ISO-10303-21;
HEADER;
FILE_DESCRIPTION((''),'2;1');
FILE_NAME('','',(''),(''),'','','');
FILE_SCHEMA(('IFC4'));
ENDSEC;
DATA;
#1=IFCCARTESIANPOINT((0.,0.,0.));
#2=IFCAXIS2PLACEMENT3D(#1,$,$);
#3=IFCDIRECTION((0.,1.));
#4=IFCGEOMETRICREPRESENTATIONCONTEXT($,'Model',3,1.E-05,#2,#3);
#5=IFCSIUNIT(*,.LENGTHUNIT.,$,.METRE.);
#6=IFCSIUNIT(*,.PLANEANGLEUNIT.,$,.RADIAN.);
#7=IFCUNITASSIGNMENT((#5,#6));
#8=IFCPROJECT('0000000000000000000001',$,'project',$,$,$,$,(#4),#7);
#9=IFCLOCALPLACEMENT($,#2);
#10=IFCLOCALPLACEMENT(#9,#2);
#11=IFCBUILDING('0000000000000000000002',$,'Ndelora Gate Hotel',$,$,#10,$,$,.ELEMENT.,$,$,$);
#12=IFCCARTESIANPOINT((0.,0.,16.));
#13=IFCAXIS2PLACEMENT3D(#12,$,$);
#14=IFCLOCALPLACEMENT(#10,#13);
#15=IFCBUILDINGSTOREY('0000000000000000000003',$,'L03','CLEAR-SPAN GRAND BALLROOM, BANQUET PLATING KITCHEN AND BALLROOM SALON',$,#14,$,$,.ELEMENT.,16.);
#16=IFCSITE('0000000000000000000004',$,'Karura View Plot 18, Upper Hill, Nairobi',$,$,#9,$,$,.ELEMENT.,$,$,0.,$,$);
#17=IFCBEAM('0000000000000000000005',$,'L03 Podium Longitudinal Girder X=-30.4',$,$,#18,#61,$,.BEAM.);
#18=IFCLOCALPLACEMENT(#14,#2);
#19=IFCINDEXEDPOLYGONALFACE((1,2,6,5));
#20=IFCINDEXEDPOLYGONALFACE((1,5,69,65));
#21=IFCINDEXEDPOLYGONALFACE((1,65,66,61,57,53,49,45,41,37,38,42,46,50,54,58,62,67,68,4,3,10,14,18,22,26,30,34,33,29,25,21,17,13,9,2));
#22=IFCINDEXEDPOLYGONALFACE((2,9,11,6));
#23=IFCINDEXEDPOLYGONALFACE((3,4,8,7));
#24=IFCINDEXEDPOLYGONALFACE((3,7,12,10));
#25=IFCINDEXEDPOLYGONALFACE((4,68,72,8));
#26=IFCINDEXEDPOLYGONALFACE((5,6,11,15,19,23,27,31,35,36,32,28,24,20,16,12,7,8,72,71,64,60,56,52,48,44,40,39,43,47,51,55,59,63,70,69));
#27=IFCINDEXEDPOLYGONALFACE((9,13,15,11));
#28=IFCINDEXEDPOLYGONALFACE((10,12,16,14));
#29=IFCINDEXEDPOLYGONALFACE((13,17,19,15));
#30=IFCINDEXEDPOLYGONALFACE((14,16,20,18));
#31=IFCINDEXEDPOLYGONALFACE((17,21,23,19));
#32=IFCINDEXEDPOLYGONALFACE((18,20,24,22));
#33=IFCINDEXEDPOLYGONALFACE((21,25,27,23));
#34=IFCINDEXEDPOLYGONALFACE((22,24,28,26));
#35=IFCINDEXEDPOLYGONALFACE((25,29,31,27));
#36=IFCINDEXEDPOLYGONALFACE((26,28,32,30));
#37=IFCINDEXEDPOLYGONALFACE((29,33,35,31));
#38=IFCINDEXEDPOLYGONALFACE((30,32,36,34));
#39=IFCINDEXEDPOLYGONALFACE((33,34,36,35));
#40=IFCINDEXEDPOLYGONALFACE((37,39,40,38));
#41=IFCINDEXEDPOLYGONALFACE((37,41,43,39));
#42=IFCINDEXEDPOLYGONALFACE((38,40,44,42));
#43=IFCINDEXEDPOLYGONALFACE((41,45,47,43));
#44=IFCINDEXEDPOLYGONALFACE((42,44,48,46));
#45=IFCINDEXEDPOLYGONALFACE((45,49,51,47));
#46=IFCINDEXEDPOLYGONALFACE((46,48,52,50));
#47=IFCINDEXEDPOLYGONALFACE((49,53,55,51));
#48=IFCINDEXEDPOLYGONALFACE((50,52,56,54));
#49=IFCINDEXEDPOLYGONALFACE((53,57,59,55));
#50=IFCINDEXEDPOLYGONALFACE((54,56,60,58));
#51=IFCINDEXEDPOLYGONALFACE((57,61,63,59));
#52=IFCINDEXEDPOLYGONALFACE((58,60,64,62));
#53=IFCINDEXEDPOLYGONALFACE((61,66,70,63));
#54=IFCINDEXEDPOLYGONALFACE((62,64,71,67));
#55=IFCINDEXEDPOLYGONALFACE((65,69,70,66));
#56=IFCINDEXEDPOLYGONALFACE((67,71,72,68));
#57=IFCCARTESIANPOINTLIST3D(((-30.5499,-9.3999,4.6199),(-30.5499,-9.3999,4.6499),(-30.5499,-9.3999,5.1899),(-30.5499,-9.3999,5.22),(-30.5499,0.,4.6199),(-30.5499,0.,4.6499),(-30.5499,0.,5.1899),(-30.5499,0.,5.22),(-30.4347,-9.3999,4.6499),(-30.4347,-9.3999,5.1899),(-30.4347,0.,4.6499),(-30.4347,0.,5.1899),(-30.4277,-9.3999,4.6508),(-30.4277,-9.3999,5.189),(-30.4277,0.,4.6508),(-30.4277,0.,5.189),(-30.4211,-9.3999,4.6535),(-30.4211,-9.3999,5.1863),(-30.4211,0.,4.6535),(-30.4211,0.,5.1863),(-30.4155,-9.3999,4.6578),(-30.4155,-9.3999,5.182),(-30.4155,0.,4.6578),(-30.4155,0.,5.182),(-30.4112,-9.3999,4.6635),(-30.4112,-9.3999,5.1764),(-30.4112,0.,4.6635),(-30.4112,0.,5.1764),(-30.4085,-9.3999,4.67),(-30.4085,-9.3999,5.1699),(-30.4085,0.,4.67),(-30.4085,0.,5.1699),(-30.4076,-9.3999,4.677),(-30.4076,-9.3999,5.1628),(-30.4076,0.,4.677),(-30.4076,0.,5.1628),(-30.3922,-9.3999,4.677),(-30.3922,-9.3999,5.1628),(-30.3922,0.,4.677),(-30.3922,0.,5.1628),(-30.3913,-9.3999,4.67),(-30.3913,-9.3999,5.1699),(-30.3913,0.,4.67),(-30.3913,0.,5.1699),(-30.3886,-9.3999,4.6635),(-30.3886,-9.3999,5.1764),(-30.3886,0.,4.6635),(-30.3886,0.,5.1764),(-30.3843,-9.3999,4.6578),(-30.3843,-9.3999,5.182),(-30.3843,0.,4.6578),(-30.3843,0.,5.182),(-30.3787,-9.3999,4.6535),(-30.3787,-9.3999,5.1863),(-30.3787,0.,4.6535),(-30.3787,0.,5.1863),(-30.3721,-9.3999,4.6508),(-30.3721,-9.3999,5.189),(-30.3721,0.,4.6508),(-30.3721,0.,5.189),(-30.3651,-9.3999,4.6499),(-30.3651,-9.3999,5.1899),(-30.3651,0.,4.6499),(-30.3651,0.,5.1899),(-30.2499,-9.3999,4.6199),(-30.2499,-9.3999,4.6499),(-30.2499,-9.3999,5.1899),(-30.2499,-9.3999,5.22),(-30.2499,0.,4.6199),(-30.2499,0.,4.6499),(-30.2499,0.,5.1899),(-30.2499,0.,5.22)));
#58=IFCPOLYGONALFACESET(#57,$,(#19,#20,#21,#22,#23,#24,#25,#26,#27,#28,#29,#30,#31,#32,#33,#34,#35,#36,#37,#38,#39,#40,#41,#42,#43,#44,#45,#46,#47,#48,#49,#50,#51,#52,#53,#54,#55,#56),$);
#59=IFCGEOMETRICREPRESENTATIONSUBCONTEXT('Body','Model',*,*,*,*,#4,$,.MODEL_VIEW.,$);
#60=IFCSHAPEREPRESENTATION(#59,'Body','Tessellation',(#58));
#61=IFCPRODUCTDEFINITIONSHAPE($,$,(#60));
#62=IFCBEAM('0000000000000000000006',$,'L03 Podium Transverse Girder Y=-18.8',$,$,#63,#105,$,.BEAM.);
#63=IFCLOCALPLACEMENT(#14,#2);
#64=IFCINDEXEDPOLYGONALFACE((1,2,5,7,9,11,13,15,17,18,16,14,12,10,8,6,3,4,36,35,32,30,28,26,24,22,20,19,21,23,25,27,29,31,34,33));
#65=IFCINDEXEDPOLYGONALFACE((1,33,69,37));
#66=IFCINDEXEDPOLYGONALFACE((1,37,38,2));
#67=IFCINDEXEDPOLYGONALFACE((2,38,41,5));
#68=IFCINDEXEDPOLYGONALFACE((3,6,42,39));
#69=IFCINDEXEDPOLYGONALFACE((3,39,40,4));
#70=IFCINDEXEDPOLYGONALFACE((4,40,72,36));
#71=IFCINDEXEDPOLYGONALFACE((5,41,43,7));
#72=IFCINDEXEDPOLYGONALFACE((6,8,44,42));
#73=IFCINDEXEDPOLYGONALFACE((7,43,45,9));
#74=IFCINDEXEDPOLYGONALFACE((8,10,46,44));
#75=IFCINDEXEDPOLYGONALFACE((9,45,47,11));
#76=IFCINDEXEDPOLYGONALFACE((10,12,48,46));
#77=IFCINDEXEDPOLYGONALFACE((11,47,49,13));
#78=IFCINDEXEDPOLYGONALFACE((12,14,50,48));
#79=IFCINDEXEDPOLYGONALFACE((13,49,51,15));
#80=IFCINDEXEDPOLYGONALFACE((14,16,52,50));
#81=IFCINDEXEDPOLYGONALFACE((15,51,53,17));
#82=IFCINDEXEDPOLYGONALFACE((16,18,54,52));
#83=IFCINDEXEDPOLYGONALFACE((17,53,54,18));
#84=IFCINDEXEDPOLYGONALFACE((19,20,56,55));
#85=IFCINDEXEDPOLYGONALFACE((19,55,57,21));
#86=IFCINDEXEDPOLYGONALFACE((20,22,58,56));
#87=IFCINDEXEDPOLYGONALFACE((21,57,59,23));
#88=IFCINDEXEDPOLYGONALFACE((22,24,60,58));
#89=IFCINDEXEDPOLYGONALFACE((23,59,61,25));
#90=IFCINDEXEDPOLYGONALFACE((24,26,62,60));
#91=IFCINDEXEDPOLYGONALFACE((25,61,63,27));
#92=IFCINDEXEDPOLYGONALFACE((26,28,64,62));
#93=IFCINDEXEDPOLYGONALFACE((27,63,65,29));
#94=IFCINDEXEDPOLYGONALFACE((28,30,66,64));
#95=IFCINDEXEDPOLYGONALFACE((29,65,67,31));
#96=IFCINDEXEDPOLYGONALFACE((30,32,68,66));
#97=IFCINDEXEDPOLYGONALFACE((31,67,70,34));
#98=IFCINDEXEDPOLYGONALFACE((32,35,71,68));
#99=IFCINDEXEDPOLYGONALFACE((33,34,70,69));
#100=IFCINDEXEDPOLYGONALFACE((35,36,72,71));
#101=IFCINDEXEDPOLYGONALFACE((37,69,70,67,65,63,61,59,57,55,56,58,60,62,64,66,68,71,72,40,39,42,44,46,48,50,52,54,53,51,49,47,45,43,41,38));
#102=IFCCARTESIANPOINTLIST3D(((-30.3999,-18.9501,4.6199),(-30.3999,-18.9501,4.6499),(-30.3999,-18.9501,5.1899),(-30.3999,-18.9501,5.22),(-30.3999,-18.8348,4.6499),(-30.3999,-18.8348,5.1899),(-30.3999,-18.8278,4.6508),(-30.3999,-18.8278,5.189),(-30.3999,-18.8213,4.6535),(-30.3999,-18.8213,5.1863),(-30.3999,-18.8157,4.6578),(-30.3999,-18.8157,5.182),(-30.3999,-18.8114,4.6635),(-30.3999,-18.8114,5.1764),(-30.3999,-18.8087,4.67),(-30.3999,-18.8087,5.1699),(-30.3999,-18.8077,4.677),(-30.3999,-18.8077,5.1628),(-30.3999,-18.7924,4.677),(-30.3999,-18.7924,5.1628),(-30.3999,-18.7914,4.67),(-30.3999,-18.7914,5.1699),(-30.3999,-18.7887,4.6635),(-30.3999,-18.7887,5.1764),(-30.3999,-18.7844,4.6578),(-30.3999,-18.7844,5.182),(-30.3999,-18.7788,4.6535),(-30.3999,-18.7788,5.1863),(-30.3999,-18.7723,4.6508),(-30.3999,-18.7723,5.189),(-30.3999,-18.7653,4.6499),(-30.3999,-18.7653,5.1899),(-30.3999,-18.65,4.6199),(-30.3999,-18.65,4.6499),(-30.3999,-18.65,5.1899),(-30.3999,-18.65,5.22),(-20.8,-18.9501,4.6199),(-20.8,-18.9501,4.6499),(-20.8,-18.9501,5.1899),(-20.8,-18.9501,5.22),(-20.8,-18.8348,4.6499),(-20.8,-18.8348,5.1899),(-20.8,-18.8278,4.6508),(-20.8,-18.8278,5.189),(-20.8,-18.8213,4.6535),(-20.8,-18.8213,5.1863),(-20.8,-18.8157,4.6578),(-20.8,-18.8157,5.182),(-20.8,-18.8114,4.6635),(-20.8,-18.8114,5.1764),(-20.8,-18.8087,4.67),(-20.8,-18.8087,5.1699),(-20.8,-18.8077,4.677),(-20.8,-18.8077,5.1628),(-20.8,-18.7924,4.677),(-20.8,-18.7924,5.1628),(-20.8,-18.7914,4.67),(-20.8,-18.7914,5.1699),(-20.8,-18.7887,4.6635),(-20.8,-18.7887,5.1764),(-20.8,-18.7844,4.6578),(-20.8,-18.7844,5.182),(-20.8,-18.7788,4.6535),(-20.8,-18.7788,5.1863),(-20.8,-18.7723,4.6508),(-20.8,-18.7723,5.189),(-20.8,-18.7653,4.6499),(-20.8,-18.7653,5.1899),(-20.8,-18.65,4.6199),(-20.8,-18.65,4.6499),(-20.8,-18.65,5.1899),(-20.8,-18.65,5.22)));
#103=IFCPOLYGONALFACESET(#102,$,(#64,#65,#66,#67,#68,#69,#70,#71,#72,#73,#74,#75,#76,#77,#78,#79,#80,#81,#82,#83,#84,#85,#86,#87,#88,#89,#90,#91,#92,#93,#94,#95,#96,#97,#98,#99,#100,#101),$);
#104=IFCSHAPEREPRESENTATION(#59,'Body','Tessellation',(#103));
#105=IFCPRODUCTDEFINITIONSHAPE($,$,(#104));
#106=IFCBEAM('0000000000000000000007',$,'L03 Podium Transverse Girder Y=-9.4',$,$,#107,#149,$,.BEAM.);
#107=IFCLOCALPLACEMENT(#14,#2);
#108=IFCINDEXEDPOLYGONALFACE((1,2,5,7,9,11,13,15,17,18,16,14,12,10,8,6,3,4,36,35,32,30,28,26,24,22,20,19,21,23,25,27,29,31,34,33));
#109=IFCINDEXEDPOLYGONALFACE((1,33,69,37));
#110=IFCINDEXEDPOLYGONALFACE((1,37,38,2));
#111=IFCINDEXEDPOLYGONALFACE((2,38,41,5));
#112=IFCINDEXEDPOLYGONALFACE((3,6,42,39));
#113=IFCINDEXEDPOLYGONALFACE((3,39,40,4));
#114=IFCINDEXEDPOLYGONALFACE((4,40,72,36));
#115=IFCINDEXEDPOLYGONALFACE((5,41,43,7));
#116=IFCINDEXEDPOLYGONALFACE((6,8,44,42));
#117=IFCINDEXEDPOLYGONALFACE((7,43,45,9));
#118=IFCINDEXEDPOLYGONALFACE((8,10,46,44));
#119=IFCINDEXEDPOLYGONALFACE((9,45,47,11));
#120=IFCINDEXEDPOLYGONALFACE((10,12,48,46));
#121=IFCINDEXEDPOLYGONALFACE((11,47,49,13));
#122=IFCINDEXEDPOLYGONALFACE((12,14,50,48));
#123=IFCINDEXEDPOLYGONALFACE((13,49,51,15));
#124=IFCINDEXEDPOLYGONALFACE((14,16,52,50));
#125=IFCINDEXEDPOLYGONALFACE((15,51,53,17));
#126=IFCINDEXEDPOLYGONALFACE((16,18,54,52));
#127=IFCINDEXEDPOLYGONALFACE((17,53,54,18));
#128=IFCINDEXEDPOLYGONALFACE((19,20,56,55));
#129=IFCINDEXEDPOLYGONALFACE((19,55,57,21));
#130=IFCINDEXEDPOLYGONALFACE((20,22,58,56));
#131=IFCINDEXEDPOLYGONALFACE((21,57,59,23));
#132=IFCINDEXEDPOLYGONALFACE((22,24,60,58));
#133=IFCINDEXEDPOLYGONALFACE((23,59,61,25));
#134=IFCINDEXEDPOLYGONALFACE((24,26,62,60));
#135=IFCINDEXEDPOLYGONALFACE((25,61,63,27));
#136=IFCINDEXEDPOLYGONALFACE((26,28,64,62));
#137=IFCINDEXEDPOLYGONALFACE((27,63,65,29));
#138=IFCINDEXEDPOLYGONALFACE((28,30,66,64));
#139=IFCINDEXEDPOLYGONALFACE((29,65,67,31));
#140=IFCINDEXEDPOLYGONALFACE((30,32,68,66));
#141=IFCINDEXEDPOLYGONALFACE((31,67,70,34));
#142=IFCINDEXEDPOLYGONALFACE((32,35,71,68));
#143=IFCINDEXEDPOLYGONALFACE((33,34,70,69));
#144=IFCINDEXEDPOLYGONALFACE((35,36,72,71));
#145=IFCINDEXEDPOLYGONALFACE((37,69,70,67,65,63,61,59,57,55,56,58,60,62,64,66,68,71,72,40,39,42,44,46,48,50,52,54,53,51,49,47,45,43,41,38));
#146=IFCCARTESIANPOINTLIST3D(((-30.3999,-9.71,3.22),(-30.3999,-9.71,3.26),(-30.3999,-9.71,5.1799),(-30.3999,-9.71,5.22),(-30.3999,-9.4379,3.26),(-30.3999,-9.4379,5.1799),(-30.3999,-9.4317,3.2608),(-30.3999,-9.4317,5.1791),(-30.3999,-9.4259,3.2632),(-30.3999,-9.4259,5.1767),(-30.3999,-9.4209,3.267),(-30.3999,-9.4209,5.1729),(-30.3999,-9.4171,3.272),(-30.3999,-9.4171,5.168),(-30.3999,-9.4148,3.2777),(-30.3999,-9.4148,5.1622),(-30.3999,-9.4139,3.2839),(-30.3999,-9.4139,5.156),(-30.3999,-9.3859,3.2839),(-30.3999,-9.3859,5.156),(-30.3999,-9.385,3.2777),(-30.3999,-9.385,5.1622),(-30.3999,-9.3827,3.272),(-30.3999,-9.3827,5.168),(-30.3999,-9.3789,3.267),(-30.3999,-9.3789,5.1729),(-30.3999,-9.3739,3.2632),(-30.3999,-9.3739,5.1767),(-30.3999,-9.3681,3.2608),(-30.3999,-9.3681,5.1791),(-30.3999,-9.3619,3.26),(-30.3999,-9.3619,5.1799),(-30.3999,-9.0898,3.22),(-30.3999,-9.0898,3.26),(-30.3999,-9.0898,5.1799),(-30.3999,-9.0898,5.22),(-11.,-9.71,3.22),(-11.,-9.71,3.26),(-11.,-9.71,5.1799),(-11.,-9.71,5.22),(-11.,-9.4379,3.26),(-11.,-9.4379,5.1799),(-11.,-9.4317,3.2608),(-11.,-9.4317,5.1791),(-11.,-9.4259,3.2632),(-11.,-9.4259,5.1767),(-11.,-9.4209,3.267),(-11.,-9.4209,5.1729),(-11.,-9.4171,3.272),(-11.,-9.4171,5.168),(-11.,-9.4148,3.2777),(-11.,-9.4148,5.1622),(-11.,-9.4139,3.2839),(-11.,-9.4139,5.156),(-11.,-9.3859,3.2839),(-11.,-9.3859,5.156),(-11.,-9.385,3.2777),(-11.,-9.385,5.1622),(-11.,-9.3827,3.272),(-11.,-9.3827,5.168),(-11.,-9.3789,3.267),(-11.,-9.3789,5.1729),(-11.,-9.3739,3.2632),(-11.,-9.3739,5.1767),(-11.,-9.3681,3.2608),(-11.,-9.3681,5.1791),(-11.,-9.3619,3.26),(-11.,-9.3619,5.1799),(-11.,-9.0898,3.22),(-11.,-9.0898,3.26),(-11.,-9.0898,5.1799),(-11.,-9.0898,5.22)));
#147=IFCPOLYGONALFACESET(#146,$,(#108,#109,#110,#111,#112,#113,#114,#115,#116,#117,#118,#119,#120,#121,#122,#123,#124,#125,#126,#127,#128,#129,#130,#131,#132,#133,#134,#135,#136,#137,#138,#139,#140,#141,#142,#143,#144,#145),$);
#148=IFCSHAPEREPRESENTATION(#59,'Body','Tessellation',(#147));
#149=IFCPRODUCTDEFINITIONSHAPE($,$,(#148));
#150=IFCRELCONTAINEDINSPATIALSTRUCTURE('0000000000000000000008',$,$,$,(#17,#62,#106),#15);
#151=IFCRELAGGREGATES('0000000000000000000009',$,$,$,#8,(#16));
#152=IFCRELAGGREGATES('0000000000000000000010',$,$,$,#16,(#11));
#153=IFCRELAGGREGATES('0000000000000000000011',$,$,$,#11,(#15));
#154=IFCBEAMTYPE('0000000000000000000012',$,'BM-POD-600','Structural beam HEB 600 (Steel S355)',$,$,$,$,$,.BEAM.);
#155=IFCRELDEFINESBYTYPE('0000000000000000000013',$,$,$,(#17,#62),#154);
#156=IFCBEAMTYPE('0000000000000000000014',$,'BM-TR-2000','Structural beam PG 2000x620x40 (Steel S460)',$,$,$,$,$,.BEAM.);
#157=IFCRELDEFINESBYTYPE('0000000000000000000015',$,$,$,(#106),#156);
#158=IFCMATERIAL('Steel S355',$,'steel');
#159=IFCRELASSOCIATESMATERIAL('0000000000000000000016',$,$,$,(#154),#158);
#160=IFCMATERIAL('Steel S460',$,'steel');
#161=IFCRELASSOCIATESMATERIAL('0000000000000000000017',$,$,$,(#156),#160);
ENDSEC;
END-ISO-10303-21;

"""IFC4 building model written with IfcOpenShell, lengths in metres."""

from ifc_helpers import new_model, si_unit, direction, frame, origin, origin_2d, place, context, subcontext, project, spatial, i_section, extrude, material, material_profile, profile_set, type_object, element, save


model = new_model("IFC4")

# Units and contexts
model_context = context("Model", 3, precision=1e-05, world=origin(), true_north=direction((0.0, 1.0)))
body_context = subcontext(model_context, "Body", "Model", "MODEL_VIEW")
ifc_project = project(units=[si_unit("LENGTHUNIT", "METRE"), si_unit("PLANEANGLEUNIT", "RADIAN")], contexts=[model_context])

# Site, building, storey
site_placement = place(None, origin())
site = spatial("IfcSite", under=ifc_project, at=site_placement, Name="Karura View Plot 18, Upper Hill, Nairobi", CompositionType="ELEMENT", RefElevation=0.0)
building_placement = place(site_placement, origin())
building = spatial("IfcBuilding", under=site, at=building_placement, Name="Ndelora Gate Hotel", CompositionType="ELEMENT")
storey_placement = place(building_placement, frame((0.0, 0.0, 16.0)))
storey = spatial("IfcBuildingStorey", under=building, at=storey_placement, Name="L03", Description="CLEAR-SPAN GRAND BALLROOM, BANQUET PLATING KITCHEN AND BALLROOM SALON", CompositionType="ELEMENT", Elevation=16.0)

# Beams
ifc_material_1 = material(Name="Steel S355", Category="steel")
ifc_material_profile_1 = material_profile(ifc_material_1, i_section(OverallWidth=0.3, OverallDepth=0.6001, WebThickness=0.0154, FlangeThickness=0.03, FilletRadius=0.0271, at=origin_2d()), Name="HEB 600")
ifc_profile_set_1 = profile_set([ifc_material_profile_1], Name="Steel S355")
beam_type_1 = type_object("IfcBeamType", Name="BM-POD-600", Description="Structural beam HEB 600 (Steel S355)", PredefinedType="BEAM", material=ifc_profile_set_1)
beam_1_placement = place(storey_placement, frame((-30.3999, -9.3999, 4.9199), z_axis=(0.0, 1.0, 0.0), x_axis=(-1.0, 0.0, 0.0)))
element("IfcBeam", 1, at=beam_1_placement, inside=storey, type_object=beam_type_1, Name="L03 Podium Longitudinal Girder X=-30.4", PredefinedType="BEAM", context=body_context, shape_type="SweptSolid", body=[
    extrude(i_section(OverallWidth=0.3, OverallDepth=0.6001, WebThickness=0.0154, FlangeThickness=0.03, FilletRadius=0.0271, at=origin_2d()), origin(), (0.0, 0.0, 1.0), 9.3999),
])
beam_2_placement = place(storey_placement, frame((-30.3999, -18.8, 4.9199), z_axis=(1.0, 0.0, 0.0), x_axis=(0.0, 1.0, 0.0)))
element("IfcBeam", 2, at=beam_2_placement, inside=storey, type_object=beam_type_1, Name="L03 Podium Transverse Girder Y=-18.8", PredefinedType="BEAM", context=body_context, shape_type="SweptSolid", body=[
    extrude(i_section(OverallWidth=0.3, OverallDepth=0.6001, WebThickness=0.0154, FlangeThickness=0.03, FilletRadius=0.0271, at=origin_2d()), origin(), (0.0, 0.0, 1.0), 9.5999),
])
ifc_material_2 = material(Name="Steel S460", Category="steel")
ifc_material_profile_2 = material_profile(ifc_material_2, i_section(OverallWidth=0.6201, OverallDepth=2.0, WebThickness=0.0281, FlangeThickness=0.04, FilletRadius=0.0239, at=origin_2d()), Name="PG 2000x620x40")
ifc_profile_set_2 = profile_set([ifc_material_profile_2], Name="Steel S460")
beam_type_2 = type_object("IfcBeamType", Name="BM-TR-2000", Description="Structural beam PG 2000x620x40 (Steel S460)", PredefinedType="BEAM", material=ifc_profile_set_2)
beam_3_placement = place(storey_placement, frame((-30.3999, -9.3999, 4.22), z_axis=(1.0, 0.0, 0.0), x_axis=(0.0, 1.0, 0.0)))
element("IfcBeam", 3, at=beam_3_placement, inside=storey, type_object=beam_type_2, Name="L03 Podium Transverse Girder Y=-9.4", PredefinedType="BEAM", context=body_context, shape_type="SweptSolid", body=[
    extrude(i_section(OverallWidth=0.6201, OverallDepth=2.0, WebThickness=0.0281, FlangeThickness=0.04, FilletRadius=0.0239, at=origin_2d()), origin(), (0.0, 0.0, 1.0), 19.3999),
])

save(model, "model.ifc")
